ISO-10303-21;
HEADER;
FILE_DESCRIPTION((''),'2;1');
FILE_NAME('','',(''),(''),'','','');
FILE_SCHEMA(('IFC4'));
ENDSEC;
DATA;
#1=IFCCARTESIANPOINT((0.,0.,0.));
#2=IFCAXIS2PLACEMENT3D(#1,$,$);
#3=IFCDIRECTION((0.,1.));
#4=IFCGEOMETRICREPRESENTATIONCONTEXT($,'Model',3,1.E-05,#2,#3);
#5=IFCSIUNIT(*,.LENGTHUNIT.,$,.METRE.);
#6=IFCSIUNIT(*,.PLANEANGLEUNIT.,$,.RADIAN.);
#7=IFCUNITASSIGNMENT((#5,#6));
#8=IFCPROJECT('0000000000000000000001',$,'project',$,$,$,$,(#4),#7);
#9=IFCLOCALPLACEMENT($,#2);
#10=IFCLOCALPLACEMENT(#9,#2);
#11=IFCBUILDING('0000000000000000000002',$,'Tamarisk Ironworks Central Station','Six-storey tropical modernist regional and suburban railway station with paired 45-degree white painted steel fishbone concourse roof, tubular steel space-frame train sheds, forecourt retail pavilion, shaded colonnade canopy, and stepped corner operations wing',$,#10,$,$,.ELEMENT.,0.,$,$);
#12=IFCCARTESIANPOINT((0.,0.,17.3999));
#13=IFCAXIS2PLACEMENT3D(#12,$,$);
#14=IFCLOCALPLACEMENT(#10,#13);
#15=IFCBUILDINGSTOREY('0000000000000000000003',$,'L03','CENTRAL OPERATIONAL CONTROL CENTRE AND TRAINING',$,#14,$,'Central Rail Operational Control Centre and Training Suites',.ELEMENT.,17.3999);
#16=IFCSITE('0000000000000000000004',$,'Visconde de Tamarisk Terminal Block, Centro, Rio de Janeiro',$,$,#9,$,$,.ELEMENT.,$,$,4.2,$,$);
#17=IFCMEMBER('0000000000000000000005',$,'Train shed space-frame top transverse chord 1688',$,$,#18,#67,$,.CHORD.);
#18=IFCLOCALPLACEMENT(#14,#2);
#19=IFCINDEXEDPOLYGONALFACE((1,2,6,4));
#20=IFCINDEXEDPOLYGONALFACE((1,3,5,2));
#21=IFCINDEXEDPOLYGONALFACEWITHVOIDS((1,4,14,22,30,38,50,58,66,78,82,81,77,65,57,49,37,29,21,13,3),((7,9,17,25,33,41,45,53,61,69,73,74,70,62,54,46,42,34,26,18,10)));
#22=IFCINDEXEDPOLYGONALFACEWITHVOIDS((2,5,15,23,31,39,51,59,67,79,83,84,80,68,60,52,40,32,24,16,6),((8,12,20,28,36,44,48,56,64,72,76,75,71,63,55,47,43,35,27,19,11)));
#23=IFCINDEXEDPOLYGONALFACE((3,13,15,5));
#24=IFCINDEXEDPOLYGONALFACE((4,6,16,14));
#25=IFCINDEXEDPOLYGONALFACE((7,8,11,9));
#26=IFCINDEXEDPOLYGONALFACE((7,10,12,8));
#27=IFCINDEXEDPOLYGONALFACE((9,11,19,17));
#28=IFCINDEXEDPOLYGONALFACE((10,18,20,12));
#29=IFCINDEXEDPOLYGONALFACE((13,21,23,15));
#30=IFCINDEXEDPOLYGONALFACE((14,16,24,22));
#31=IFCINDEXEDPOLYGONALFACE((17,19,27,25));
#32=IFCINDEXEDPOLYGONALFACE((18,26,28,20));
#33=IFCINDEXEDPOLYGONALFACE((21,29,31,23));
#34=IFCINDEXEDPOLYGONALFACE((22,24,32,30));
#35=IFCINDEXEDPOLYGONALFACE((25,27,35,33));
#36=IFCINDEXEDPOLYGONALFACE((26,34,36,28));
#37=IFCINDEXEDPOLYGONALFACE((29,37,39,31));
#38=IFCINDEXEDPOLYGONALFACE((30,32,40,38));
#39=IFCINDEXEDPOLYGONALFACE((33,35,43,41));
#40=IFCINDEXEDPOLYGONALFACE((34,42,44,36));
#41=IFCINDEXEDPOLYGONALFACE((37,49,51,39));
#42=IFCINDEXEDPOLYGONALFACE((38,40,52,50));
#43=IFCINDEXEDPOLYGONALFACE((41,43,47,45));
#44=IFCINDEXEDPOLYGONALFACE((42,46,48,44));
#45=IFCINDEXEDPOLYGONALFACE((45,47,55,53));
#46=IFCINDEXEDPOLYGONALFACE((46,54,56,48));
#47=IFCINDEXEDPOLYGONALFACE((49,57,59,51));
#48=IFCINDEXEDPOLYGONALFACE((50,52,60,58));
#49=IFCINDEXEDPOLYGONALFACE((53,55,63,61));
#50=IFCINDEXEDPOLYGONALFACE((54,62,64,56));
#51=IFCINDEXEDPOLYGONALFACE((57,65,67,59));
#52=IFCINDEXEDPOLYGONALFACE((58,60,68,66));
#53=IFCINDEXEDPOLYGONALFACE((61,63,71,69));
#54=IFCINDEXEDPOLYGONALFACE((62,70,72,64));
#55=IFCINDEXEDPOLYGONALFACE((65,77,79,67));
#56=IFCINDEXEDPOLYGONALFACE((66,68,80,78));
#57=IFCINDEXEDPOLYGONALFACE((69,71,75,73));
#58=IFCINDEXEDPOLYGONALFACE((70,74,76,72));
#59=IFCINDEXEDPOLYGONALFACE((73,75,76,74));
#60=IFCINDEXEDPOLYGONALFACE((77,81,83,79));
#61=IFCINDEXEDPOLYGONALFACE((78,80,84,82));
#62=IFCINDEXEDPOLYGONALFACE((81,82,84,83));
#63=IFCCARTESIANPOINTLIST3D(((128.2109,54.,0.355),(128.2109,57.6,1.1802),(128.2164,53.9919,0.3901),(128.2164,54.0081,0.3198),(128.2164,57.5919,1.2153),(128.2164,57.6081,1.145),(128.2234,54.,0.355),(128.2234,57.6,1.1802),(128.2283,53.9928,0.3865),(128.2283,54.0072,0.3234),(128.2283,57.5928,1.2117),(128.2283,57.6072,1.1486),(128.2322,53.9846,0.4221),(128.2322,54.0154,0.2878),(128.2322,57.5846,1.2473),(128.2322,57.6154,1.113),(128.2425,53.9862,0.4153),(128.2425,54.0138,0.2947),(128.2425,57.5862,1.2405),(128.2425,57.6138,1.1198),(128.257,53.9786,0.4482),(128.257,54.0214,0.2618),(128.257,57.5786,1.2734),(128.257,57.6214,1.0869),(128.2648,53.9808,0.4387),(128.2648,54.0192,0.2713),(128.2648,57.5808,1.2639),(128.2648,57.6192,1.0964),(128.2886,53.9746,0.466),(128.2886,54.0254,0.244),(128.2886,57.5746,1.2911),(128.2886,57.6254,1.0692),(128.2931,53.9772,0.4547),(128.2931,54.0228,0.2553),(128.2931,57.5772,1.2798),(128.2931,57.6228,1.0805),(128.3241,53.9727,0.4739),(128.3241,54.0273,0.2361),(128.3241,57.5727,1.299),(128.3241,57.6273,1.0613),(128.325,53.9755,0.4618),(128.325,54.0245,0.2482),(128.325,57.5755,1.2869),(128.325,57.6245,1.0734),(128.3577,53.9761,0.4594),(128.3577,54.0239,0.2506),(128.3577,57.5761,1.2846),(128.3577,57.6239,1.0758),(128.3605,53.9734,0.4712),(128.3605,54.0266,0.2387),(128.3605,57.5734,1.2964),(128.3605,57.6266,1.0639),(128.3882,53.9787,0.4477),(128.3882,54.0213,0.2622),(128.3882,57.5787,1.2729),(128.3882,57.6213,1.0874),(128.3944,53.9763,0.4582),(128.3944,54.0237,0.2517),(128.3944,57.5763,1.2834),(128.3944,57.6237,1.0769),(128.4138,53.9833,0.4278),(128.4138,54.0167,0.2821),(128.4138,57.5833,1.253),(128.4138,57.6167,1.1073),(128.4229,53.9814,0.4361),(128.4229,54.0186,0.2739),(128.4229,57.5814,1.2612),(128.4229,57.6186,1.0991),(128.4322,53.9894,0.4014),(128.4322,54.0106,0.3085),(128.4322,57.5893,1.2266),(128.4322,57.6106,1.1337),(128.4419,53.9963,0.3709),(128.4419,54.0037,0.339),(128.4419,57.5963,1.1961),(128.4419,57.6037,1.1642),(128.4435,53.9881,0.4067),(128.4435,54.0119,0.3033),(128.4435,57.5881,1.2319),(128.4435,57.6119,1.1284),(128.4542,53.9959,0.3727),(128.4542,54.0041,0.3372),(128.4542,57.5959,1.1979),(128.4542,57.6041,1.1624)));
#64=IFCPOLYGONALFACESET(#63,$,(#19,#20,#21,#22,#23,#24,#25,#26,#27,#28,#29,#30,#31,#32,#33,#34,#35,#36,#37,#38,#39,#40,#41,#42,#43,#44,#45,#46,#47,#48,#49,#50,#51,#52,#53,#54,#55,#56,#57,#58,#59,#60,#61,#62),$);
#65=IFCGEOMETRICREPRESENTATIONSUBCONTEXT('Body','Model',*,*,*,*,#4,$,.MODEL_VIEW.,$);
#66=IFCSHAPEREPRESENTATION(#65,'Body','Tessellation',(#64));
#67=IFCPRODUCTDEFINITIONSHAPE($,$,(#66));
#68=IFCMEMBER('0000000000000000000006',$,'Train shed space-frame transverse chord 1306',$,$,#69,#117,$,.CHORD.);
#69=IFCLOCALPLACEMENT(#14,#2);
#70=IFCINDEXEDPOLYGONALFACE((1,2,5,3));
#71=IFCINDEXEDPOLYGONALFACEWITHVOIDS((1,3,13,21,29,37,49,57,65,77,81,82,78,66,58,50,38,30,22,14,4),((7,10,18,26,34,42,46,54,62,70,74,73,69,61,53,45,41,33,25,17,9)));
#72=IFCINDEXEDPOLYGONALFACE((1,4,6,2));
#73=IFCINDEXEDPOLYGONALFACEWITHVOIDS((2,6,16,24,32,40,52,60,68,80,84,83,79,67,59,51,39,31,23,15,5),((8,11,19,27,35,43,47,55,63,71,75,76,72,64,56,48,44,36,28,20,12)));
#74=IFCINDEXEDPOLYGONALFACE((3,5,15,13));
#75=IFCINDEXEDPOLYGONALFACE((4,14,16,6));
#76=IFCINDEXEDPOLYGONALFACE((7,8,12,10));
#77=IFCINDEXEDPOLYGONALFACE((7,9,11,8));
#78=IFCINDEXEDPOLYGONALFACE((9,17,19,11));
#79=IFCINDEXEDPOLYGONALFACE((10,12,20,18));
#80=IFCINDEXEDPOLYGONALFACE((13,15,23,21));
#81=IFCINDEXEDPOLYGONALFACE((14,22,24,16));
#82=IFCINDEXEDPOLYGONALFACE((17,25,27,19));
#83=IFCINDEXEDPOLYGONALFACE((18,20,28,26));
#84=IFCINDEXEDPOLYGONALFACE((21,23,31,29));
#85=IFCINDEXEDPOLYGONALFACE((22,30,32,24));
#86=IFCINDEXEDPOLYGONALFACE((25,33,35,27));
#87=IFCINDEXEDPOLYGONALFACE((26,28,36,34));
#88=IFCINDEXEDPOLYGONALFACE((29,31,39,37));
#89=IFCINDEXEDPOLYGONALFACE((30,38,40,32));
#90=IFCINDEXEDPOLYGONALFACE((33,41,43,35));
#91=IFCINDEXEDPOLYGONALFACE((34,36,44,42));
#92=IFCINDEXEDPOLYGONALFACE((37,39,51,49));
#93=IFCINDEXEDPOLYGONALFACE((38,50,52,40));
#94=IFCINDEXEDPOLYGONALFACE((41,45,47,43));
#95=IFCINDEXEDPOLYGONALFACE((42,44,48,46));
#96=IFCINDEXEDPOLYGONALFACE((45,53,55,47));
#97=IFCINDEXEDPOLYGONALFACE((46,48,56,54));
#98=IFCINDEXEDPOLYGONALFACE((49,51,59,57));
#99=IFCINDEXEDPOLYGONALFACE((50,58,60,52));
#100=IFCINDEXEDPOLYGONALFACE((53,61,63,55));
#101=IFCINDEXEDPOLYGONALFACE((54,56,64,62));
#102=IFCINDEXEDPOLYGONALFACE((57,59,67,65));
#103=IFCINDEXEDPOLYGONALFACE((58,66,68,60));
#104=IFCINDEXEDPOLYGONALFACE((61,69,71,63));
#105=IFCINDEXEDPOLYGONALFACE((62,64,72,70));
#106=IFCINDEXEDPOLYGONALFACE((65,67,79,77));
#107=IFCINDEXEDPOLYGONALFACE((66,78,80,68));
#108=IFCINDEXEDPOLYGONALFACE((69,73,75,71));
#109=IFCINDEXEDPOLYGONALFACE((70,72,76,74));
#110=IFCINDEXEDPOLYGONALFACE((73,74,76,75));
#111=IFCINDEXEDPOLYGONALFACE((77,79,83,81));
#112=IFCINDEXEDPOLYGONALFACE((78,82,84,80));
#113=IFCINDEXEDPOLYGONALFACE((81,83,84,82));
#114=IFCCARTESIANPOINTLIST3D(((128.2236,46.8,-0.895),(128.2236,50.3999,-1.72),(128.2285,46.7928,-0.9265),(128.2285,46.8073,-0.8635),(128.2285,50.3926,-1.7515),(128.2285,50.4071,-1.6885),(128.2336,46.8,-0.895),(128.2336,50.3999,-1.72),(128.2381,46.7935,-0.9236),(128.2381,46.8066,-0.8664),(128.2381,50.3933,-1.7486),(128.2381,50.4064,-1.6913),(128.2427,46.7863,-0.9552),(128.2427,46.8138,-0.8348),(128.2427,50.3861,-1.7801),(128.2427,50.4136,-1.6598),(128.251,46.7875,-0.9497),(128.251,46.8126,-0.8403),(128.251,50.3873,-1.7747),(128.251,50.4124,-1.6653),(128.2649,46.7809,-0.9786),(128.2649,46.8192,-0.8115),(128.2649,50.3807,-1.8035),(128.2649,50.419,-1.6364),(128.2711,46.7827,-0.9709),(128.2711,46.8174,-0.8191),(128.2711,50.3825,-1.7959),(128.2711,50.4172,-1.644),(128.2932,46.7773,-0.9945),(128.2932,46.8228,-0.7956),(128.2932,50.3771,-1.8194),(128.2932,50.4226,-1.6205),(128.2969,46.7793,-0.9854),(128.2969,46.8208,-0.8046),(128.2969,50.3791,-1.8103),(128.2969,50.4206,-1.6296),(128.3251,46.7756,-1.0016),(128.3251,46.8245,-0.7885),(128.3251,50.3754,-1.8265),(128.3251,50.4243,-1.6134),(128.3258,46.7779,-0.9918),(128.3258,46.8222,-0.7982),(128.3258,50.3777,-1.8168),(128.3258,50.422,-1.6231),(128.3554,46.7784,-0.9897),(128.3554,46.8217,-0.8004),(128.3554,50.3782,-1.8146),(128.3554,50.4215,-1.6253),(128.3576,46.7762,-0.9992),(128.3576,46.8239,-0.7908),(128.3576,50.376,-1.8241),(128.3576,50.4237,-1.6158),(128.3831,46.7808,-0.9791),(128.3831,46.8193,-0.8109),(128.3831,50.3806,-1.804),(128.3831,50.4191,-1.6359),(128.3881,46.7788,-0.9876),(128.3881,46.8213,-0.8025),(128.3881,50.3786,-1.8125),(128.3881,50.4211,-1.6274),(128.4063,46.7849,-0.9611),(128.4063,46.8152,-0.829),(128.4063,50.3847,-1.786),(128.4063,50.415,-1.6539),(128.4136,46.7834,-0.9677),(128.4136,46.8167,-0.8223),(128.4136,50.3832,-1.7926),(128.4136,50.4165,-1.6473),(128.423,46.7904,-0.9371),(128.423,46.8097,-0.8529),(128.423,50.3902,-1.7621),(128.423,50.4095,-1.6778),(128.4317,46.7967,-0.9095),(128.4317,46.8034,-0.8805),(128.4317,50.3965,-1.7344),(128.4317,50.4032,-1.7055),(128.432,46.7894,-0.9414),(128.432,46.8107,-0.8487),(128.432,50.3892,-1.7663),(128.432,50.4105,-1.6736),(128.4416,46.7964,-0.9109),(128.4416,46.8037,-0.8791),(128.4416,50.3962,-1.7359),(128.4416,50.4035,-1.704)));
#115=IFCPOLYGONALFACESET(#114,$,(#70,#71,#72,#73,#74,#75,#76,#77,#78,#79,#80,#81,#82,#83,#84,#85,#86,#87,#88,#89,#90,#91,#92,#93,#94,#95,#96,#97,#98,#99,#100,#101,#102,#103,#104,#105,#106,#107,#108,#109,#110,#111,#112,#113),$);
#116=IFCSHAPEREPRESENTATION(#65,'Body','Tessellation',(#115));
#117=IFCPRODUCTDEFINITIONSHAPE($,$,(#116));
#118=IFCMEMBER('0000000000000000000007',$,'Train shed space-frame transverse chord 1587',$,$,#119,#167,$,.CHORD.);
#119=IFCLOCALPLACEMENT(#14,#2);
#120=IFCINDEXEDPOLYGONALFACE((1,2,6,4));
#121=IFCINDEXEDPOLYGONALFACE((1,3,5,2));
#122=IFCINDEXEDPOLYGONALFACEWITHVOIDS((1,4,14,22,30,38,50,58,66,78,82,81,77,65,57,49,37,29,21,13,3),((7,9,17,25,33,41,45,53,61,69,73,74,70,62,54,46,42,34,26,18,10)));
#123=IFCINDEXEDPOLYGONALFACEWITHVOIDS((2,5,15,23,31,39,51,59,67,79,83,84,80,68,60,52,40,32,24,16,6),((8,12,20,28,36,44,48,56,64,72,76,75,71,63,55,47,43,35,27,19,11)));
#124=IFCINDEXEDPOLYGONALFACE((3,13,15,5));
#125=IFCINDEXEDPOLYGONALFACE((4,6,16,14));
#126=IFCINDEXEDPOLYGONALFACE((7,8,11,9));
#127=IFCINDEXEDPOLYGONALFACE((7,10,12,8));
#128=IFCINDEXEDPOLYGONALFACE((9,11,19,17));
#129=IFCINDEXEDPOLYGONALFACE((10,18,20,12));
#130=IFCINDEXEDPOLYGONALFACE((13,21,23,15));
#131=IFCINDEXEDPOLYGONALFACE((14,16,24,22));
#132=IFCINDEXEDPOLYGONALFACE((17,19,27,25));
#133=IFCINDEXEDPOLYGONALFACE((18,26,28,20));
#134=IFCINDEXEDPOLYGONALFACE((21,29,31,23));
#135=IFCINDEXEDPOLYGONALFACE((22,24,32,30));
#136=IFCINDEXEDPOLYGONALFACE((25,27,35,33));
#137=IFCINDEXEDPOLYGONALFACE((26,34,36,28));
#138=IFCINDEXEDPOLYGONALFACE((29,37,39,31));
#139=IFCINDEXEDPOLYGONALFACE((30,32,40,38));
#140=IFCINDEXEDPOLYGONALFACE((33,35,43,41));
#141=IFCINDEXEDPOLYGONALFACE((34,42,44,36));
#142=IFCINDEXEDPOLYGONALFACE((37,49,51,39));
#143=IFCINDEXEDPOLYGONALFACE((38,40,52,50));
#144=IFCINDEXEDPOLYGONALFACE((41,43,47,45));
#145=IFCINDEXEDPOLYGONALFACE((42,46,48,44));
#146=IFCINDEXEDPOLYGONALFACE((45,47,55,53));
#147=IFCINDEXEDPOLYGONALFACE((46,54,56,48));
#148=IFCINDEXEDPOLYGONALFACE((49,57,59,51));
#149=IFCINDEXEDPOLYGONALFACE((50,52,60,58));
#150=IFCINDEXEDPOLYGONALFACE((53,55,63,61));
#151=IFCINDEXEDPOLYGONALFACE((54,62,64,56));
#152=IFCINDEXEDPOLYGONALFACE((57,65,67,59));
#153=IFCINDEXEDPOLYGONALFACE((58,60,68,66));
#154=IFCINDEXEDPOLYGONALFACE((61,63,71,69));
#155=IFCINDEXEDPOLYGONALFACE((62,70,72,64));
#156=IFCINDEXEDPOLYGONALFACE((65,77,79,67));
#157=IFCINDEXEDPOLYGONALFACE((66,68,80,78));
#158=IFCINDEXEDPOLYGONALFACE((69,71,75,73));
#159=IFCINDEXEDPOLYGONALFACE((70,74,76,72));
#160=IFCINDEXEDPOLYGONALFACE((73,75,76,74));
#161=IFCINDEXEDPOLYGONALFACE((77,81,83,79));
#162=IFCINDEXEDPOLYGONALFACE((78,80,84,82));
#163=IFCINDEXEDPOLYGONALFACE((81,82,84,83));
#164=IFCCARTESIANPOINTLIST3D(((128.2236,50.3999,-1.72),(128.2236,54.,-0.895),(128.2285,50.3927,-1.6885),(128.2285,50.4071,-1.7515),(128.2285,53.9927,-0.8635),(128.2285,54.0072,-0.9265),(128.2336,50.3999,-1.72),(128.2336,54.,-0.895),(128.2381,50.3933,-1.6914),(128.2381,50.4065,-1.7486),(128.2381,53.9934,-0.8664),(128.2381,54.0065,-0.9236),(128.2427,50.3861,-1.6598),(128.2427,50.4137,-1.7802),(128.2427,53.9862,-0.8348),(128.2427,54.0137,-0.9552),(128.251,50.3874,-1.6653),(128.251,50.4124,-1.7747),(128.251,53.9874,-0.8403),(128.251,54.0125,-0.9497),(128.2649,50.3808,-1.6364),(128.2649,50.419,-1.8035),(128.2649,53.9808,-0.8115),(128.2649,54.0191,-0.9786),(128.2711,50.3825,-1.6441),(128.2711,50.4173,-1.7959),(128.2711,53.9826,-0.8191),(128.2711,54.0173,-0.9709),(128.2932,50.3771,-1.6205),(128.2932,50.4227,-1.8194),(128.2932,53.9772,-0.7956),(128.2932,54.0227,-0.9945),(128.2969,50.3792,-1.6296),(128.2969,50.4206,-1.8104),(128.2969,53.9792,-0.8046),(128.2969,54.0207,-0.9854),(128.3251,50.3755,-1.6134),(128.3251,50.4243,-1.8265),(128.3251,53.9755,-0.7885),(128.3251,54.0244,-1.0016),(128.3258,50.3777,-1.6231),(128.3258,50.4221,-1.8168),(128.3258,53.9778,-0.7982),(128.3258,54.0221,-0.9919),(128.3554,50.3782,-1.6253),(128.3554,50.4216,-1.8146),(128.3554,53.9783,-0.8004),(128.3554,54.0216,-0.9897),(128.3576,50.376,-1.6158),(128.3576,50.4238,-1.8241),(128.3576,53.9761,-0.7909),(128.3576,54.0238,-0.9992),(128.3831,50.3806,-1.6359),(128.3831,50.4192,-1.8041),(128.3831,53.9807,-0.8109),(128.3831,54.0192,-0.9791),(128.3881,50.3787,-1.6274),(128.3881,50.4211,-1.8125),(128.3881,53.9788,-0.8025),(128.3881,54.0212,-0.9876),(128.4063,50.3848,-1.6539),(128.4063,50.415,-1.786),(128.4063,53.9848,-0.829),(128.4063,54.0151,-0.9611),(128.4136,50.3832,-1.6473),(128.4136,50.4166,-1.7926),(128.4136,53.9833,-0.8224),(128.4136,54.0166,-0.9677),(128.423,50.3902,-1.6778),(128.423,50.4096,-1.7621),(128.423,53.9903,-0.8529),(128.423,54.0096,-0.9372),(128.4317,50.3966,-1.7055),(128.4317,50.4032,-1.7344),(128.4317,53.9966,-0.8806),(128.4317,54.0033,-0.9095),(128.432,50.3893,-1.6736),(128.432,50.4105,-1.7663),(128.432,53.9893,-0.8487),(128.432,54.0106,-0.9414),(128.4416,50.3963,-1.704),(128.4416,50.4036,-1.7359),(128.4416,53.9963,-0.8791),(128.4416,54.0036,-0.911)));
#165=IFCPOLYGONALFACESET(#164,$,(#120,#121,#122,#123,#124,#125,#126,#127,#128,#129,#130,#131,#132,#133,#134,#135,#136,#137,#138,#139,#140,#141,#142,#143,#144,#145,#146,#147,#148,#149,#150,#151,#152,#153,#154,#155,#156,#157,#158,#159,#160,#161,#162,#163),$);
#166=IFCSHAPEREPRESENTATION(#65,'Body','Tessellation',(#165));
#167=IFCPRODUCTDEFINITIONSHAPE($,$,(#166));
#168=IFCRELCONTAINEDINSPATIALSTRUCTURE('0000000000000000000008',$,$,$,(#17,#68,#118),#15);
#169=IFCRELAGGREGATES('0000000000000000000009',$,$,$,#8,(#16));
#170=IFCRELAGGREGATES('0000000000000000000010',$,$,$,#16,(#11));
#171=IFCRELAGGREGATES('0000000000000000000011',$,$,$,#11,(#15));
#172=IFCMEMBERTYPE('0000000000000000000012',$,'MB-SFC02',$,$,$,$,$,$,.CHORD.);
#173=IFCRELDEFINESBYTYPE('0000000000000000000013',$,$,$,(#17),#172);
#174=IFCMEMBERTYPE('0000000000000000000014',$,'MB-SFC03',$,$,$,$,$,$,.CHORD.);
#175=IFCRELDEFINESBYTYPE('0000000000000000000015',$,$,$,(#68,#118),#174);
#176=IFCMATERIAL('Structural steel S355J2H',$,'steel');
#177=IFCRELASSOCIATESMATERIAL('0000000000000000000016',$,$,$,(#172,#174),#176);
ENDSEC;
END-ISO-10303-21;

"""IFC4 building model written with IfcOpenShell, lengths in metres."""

from ifc_helpers import new_model, si_unit, direction, frame, origin, origin_2d, place, context, subcontext, project, spatial, hollow_circle, extrude, material, material_profile, profile_set, type_object, element, save


model = new_model("IFC4")

# Units and contexts
model_context = context("Model", 3, precision=1e-05, world=origin(), true_north=direction((0.0, 1.0)))
body_context = subcontext(model_context, "Body", "Model", "MODEL_VIEW")
ifc_project = project(units=[si_unit("LENGTHUNIT", "METRE"), si_unit("PLANEANGLEUNIT", "RADIAN")], contexts=[model_context])

# Site, building, storey
site_placement = place(None, origin())
site = spatial("IfcSite", under=ifc_project, at=site_placement, Name="Visconde de Tamarisk Terminal Block, Centro, Rio de Janeiro", CompositionType="ELEMENT", RefElevation=4.2)
building_placement = place(site_placement, origin())
building = spatial("IfcBuilding", under=site, at=building_placement, Name="Tamarisk Ironworks Central Station", Description="Six-storey tropical modernist regional and suburban railway station with paired 45-degree white painted steel fishbone concourse roof, tubular steel space-frame train sheds, forecourt retail pavilion, shaded colonnade canopy, and stepped corner operations wing", CompositionType="ELEMENT", ElevationOfRefHeight=0.0)
storey_placement = place(building_placement, frame((0.0, 0.0, 17.3999)))
storey = spatial("IfcBuildingStorey", under=building, at=storey_placement, Name="L03", Description="CENTRAL OPERATIONAL CONTROL CENTRE AND TRAINING", LongName="Central Rail Operational Control Centre and Training Suites", CompositionType="ELEMENT", Elevation=17.3999)

# Members
ifc_material_1 = material(Name="Structural steel S355J2H", Category="steel")
ifc_material_profile_1 = material_profile(ifc_material_1, hollow_circle(Radius=0.1223, WallThickness=0.0125, at=origin_2d()), Name="CHS 244.5x12.5")
ifc_profile_set_1 = profile_set([ifc_material_profile_1], Name="Structural steel S355J2H")
member_type_1 = type_object("IfcMemberType", Name="MB-SFC02", PredefinedType="CHORD", material=ifc_profile_set_1)
for number, where, z_axis, x_axis, name in (
    (1, (128.3333, 54.0, 0.355), (0.0, 0.974722, 0.223421), (-1.0, 0.0, 0.0), "Train shed space-frame top transverse chord 1688"),
):
    element("IfcMember", number, at=place(storey_placement, frame(where, z_axis=z_axis, x_axis=x_axis)), inside=storey, type_object=member_type_1, Name=name, PredefinedType="CHORD", context=body_context, shape_type="SweptSolid", body=[
        extrude(hollow_circle(Radius=0.1223, WallThickness=0.0125, at=origin_2d()), origin(), (0.0, 0.0, 1.0), 3.6934),
    ])
ifc_material_profile_2 = material_profile(ifc_material_1, hollow_circle(Radius=0.1096, WallThickness=0.01, at=origin_2d()), Name="CHS 219.1x10")
ifc_profile_set_2 = profile_set([ifc_material_profile_2], Name="Structural steel S355J2H")
member_type_2 = type_object("IfcMemberType", Name="MB-SFC03", PredefinedType="CHORD", material=ifc_profile_set_2)
member_1_placement = place(storey_placement, frame((128.3333, 46.8, -0.895), z_axis=(0.0, 0.974733, -0.223372), x_axis=(-1.0, 0.0, 0.0)))
element("IfcMember", 2, at=member_1_placement, inside=storey, type_object=member_type_2, Name="Train shed space-frame transverse chord 1306", PredefinedType="CHORD", context=body_context, shape_type="SweptSolid", body=[
    extrude(hollow_circle(Radius=0.1096, WallThickness=0.01, at=origin_2d()), origin(), (0.0, 0.0, 1.0), 3.6931),
])
for number, where, z_axis, x_axis, name in (
    (3, (128.3333, 50.3999, -1.72), (0.0, 0.974737, 0.223358), (-1.0, 0.0, 0.0), "Train shed space-frame transverse chord 1587"),
):
    element("IfcMember", number, at=place(storey_placement, frame(where, z_axis=z_axis, x_axis=x_axis)), inside=storey, type_object=member_type_2, Name=name, PredefinedType="CHORD", context=body_context, shape_type="SweptSolid", body=[
        extrude(hollow_circle(Radius=0.1096, WallThickness=0.01, at=origin_2d()), origin(), (0.0, 0.0, 1.0), 3.6934),
    ])

save(model, "model.ifc")
